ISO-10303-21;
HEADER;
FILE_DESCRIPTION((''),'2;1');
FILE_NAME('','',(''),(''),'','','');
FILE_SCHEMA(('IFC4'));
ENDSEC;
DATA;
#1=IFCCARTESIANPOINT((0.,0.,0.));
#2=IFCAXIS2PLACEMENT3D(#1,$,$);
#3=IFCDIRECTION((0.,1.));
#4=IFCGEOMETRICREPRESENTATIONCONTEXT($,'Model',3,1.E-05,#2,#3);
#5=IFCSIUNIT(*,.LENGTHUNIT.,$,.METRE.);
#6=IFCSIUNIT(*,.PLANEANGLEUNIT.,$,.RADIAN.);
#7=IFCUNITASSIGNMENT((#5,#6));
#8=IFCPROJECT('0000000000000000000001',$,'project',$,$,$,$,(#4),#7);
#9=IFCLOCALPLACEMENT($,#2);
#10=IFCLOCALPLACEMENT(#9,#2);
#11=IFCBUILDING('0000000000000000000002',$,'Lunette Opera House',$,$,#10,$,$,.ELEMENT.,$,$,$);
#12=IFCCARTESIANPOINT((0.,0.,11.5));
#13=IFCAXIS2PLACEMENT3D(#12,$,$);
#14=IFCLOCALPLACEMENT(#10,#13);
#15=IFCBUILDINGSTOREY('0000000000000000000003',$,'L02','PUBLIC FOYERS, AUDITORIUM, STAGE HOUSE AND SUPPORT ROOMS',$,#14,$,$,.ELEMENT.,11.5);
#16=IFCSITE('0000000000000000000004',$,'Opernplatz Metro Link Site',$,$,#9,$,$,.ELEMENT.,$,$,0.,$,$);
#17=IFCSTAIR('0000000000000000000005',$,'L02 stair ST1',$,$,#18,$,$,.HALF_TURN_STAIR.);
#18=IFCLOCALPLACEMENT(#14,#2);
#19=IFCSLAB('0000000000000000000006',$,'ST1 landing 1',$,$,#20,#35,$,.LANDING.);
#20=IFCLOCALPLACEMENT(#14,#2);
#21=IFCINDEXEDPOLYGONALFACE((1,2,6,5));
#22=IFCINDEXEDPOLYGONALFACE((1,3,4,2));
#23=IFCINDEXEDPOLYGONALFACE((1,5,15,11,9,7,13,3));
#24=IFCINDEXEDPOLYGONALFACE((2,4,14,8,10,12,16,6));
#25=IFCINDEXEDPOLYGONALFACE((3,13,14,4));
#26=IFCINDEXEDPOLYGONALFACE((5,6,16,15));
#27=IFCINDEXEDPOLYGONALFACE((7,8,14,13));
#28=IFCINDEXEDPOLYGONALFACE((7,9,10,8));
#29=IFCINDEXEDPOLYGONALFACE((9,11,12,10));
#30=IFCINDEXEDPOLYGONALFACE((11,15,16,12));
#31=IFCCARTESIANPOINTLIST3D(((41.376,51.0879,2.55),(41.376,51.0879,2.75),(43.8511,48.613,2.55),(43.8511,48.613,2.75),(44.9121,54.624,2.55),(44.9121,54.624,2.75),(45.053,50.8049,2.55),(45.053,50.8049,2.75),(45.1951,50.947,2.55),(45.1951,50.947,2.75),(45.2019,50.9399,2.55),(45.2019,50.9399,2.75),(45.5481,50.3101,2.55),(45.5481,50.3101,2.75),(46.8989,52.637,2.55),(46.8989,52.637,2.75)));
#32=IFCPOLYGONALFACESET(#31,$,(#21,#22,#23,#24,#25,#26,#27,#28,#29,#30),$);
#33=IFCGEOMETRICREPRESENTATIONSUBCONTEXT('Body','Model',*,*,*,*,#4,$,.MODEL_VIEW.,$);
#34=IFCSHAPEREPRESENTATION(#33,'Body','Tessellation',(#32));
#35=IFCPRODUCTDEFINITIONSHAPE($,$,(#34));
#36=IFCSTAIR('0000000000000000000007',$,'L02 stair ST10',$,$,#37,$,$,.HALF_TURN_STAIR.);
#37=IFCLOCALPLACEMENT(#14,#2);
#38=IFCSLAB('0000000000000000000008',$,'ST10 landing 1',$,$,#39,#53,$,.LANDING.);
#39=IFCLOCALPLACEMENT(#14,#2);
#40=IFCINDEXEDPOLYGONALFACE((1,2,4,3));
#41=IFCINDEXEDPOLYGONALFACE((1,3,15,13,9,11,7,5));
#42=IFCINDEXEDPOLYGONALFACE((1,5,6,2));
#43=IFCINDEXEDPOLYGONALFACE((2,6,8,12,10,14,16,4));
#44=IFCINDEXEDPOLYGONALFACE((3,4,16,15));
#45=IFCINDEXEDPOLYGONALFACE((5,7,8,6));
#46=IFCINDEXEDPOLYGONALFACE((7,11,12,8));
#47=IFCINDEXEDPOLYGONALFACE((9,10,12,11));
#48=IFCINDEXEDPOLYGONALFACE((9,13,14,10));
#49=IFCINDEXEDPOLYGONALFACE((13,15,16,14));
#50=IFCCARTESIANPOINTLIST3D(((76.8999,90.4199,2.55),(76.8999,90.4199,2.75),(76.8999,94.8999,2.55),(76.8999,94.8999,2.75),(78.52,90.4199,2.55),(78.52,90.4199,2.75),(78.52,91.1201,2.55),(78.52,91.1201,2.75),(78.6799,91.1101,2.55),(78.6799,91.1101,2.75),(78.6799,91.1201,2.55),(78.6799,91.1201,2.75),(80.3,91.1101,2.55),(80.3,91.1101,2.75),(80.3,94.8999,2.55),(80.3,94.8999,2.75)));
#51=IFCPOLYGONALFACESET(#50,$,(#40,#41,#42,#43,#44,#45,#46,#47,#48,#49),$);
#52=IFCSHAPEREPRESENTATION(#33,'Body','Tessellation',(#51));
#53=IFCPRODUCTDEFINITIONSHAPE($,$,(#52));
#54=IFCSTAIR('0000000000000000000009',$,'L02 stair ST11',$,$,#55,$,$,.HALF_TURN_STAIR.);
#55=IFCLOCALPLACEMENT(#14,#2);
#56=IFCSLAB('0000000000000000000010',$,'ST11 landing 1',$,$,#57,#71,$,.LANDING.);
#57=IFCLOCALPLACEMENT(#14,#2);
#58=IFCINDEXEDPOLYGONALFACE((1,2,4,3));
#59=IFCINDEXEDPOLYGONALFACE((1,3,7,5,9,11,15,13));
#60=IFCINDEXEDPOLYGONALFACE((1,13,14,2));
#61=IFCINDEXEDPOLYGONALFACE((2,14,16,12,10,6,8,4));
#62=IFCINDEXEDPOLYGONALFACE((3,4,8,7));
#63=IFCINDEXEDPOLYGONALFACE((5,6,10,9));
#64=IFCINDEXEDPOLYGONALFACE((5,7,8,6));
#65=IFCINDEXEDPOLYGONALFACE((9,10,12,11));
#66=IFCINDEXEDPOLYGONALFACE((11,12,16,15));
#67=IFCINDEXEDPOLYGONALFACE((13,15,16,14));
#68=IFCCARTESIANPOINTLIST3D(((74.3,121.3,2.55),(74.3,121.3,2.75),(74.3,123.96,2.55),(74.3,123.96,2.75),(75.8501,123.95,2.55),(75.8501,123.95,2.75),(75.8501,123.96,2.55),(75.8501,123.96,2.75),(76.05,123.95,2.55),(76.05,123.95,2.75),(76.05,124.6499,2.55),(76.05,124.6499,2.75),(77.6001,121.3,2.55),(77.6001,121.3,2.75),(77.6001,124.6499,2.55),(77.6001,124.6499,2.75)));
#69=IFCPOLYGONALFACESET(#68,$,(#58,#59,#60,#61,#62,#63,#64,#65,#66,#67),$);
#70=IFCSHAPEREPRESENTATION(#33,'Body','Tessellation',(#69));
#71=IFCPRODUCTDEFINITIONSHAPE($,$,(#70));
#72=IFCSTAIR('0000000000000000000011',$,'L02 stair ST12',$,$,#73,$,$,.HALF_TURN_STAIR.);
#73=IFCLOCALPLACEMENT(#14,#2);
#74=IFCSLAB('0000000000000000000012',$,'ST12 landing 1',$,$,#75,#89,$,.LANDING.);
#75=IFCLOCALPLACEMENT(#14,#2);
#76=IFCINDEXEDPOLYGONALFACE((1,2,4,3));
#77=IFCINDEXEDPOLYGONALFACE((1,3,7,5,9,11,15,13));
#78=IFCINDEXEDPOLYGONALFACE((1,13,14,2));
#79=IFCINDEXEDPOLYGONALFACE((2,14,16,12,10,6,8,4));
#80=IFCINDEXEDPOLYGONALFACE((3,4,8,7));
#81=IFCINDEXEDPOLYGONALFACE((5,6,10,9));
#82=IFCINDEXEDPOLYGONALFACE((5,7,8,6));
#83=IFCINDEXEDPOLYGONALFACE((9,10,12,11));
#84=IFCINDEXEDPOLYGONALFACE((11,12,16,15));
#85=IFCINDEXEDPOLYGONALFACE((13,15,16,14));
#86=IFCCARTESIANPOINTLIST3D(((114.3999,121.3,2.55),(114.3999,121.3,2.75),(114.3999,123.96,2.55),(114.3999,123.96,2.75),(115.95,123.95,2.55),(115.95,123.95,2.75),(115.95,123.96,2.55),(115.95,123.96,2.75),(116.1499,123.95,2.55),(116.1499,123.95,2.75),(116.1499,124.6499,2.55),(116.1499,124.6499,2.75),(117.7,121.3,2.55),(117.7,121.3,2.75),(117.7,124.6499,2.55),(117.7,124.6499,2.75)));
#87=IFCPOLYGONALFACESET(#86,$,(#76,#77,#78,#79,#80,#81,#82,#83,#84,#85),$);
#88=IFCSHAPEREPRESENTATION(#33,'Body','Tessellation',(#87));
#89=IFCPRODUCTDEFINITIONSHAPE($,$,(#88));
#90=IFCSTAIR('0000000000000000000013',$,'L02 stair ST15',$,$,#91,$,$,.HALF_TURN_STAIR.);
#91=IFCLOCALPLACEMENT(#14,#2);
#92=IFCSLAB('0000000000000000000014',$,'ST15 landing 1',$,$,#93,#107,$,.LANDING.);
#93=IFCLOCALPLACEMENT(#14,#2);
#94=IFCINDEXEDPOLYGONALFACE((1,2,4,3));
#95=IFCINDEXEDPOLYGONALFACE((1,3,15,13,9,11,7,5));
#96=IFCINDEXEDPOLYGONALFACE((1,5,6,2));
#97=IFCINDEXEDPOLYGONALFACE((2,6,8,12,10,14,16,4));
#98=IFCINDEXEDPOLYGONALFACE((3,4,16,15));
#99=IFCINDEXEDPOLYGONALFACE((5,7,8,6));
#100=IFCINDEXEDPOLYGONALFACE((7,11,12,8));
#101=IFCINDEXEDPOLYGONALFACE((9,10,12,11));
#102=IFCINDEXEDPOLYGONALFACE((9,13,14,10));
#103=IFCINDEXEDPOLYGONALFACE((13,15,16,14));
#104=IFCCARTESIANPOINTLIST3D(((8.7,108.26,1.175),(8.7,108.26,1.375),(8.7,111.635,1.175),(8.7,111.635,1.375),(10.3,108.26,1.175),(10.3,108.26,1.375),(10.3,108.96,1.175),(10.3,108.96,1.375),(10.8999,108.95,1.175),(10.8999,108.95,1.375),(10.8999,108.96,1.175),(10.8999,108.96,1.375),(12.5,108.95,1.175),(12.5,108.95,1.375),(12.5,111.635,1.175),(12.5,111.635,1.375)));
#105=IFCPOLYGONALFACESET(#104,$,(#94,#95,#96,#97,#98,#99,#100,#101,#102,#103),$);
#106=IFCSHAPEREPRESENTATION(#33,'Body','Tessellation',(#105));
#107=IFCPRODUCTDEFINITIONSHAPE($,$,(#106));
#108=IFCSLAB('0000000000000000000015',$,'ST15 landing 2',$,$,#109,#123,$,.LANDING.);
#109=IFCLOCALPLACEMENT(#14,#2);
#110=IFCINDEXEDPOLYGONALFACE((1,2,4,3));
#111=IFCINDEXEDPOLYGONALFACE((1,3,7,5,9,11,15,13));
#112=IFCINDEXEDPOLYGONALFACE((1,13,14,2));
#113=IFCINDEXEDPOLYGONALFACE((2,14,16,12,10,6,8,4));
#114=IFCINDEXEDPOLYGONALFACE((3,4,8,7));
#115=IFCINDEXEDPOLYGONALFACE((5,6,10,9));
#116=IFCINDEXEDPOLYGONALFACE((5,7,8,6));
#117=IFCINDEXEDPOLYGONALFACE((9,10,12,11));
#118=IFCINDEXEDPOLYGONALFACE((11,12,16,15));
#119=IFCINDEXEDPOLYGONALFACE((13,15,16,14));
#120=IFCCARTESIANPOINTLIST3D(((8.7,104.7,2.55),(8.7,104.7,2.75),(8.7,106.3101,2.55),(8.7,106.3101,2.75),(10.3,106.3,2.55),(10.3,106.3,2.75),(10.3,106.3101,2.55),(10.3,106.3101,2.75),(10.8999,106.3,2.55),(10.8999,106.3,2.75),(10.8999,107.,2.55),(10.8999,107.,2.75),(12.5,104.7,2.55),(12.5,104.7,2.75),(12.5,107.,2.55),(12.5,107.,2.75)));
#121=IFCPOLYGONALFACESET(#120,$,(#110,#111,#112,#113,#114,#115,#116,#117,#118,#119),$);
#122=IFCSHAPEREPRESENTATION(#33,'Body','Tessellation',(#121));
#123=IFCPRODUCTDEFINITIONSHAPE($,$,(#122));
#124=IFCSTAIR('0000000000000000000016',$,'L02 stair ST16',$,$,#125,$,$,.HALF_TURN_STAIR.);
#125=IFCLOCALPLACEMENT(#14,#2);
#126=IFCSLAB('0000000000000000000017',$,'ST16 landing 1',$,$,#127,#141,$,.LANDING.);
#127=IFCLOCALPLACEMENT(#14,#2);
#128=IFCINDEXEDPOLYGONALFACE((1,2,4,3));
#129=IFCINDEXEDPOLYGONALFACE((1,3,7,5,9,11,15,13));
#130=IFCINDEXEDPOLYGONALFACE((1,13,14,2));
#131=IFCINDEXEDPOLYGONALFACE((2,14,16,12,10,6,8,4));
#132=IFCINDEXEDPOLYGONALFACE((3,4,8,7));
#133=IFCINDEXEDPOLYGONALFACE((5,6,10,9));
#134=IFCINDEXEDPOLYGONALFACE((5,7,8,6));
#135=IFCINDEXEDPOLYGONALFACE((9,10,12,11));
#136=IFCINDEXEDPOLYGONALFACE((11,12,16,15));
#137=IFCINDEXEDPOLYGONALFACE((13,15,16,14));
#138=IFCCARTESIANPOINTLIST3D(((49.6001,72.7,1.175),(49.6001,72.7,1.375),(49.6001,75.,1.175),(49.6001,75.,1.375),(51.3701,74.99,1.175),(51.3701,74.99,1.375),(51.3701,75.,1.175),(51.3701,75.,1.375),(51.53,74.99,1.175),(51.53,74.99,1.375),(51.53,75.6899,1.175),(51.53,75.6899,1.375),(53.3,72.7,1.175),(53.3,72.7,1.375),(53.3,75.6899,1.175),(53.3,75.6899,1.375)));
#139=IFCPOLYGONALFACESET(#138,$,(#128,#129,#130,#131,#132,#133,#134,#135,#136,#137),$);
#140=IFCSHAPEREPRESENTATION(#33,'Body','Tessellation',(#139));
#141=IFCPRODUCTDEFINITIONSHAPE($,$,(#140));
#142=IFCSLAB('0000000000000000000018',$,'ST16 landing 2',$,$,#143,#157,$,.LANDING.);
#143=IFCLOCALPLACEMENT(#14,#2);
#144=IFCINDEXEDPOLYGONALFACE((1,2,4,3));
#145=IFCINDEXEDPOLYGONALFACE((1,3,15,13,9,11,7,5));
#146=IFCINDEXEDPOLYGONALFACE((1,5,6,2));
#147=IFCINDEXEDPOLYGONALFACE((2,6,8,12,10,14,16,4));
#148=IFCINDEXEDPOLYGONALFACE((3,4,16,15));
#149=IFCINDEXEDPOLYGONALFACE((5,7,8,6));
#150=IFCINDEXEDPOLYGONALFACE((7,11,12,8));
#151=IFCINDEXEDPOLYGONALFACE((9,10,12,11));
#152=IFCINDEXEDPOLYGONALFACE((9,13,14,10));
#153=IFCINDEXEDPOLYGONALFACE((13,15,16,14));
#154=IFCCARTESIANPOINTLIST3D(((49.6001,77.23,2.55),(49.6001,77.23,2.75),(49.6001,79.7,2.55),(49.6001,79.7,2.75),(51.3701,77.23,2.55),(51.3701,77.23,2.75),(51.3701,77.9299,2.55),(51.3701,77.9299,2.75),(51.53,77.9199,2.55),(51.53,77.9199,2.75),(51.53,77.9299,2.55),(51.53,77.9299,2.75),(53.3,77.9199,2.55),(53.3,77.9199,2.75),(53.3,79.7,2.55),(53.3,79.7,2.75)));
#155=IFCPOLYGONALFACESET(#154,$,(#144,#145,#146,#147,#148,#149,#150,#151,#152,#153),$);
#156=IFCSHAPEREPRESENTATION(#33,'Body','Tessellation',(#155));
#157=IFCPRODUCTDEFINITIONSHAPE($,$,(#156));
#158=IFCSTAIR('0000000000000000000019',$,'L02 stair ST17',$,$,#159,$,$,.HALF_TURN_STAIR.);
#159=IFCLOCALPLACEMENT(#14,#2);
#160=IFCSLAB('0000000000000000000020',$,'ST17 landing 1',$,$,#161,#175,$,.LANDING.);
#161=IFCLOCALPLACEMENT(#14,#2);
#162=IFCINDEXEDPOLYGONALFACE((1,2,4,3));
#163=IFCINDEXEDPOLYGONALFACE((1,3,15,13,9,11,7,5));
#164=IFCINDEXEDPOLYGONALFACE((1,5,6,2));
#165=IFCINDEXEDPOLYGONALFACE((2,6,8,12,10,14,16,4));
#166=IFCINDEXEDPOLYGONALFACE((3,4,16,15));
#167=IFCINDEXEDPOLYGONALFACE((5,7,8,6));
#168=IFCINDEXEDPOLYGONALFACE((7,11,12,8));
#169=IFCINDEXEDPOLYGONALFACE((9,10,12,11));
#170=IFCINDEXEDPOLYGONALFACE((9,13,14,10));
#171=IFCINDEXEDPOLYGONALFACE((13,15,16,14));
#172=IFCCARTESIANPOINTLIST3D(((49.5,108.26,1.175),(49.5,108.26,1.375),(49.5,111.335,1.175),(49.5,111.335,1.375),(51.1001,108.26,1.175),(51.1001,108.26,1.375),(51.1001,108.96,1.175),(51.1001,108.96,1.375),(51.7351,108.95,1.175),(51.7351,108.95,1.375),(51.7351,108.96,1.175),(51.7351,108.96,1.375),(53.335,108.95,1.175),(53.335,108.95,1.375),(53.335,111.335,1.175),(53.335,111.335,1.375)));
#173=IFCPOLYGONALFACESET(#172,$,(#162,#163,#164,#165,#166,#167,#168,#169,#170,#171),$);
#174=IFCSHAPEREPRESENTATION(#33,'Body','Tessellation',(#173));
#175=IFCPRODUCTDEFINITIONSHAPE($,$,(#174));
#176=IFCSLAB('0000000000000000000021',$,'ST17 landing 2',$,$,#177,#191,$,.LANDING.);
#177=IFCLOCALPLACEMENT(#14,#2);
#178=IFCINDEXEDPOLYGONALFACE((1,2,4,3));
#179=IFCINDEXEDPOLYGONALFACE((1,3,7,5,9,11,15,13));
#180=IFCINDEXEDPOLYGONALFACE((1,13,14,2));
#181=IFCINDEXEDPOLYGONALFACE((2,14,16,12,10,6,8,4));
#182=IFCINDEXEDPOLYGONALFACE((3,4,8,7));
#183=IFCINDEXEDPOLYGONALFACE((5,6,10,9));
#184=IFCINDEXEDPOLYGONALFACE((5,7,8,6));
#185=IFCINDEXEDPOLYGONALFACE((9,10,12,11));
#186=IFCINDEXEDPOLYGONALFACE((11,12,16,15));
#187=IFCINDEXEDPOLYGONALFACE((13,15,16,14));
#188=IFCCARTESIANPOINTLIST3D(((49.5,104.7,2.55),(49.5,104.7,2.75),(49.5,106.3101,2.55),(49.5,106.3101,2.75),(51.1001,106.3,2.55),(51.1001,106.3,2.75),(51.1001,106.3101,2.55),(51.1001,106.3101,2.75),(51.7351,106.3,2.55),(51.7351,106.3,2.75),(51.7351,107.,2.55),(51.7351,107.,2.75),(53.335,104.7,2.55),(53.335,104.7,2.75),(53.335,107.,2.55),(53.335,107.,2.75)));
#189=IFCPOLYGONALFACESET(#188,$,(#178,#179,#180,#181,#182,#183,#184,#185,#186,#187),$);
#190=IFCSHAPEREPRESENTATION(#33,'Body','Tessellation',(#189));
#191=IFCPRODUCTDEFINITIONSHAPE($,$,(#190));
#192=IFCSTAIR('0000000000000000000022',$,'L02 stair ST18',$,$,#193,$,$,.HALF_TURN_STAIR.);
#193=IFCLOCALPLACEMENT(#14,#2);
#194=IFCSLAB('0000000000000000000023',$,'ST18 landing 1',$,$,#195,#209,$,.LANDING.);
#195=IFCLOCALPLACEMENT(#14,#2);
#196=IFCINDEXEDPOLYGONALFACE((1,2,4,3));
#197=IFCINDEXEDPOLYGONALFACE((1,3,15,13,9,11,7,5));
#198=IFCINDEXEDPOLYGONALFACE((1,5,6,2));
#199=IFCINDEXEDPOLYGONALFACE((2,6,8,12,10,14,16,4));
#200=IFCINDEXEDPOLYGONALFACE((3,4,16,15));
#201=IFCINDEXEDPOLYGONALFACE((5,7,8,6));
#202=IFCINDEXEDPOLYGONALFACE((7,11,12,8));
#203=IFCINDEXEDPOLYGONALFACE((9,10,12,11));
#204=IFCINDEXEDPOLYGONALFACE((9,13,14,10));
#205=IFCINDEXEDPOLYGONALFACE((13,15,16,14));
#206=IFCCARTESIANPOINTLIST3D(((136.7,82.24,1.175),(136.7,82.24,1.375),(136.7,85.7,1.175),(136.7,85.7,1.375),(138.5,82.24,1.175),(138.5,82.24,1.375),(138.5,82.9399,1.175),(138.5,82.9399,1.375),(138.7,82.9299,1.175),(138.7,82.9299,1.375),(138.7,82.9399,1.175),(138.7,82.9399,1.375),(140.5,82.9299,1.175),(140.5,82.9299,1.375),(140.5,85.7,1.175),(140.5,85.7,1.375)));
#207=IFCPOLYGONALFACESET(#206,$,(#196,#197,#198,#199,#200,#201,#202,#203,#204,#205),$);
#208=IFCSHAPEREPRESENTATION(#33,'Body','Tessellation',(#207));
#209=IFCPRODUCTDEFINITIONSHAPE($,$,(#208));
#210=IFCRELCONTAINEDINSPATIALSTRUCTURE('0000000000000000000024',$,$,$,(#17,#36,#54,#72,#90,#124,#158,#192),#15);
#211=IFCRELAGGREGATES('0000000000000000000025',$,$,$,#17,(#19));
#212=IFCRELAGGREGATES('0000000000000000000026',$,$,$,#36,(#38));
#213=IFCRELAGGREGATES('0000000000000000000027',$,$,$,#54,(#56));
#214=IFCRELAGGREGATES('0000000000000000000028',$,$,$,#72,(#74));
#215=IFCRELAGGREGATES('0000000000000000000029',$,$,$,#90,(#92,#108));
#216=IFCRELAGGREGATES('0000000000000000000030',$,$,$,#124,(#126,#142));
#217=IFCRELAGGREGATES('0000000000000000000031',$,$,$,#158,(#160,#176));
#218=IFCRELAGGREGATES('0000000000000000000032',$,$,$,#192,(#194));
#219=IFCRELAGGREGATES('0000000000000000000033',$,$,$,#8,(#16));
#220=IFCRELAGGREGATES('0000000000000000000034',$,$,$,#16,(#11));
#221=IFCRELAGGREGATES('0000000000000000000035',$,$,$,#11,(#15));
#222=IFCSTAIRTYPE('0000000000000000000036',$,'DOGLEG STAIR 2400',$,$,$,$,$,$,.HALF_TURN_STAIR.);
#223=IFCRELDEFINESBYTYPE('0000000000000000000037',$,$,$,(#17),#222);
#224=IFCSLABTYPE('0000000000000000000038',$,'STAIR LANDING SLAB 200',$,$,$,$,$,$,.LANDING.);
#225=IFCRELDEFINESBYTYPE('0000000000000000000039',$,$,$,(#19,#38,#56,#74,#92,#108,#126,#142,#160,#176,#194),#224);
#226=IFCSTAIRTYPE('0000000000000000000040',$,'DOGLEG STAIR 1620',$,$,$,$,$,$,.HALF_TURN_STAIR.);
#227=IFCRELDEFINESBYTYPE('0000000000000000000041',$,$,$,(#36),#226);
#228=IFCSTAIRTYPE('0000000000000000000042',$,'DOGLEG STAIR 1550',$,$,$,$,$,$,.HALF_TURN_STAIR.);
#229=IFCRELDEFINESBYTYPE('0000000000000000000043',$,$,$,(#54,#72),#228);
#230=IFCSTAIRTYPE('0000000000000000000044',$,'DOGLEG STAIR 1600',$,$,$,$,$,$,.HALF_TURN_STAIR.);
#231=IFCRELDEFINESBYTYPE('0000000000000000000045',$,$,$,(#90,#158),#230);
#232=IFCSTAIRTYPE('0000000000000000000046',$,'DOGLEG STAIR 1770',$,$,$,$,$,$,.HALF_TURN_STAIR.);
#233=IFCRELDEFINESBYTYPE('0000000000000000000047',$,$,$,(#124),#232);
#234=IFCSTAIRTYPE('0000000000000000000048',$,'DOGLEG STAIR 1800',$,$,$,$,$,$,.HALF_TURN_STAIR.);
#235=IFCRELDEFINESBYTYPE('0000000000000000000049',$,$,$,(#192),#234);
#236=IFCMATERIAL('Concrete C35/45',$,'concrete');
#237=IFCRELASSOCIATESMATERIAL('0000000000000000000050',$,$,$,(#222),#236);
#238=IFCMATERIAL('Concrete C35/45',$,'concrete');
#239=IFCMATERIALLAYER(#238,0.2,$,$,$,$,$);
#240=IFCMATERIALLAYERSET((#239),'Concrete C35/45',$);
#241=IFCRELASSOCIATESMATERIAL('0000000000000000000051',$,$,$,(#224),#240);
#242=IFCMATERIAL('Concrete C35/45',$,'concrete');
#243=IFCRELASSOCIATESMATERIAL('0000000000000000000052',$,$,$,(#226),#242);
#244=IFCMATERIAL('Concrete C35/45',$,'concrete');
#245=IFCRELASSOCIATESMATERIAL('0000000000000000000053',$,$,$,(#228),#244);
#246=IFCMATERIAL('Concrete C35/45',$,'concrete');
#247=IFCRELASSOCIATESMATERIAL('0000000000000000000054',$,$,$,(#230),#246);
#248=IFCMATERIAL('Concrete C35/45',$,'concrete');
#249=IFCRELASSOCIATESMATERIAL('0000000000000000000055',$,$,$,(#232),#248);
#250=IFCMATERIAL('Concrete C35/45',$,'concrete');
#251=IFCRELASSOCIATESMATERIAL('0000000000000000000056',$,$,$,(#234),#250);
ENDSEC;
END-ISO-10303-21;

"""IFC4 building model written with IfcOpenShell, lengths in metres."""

from ifc_helpers import new_model, si_unit, direction, frame, origin, place, context, subcontext, project, spatial, polyline, outline, extrude, material, layer, layer_set, type_object, element, aggregate, save


model = new_model("IFC4")

# Units and contexts
model_context = context("Model", 3, precision=1e-05, world=origin(), true_north=direction((0.0, 1.0)))
body_context = subcontext(model_context, "Body", "Model", "MODEL_VIEW")
ifc_project = project(units=[si_unit("LENGTHUNIT", "METRE"), si_unit("PLANEANGLEUNIT", "RADIAN")], contexts=[model_context])

# Site, building, storey
site_placement = place(None, origin())
site = spatial("IfcSite", under=ifc_project, at=site_placement, Name="Opernplatz Metro Link Site", CompositionType="ELEMENT", RefElevation=0.0)
building_placement = place(site_placement, origin())
building = spatial("IfcBuilding", under=site, at=building_placement, Name="Lunette Opera House", CompositionType="ELEMENT")
storey_placement = place(building_placement, frame((0.0, 0.0, 11.5)))
storey = spatial("IfcBuildingStorey", under=building, at=storey_placement, Name="L02", Description="PUBLIC FOYERS, AUDITORIUM, STAGE HOUSE AND SUPPORT ROOMS", CompositionType="ELEMENT", Elevation=11.5)

# Stairs, slabs
ifc_material_1 = material(Name="Concrete C35/45", Category="concrete")
stair_type_1 = type_object("IfcStairType", Name="DOGLEG STAIR 2400", PredefinedType="HALF_TURN_STAIR", material=ifc_material_1)
stair_1_placement = place(storey_placement, origin())
stair_1 = element("IfcStair", 1, at=stair_1_placement, inside=storey, type_object=stair_type_1, Name="L02 stair ST1", PredefinedType="HALF_TURN_STAIR")
ifc_material_2 = material(Name="Concrete C35/45", Category="concrete")
ifc_layer = layer(ifc_material_2, 0.2)
ifc_layer_set = layer_set([ifc_layer], Name="Concrete C35/45")
slab_type = type_object("IfcSlabType", Name="STAIR LANDING SLAB 200", PredefinedType="LANDING", material=ifc_layer_set)
slab_1_placement = place(storey_placement, frame((0.0, 0.0, 2.55)))
slab_1 = element("IfcSlab", 2, at=slab_1_placement, type_object=slab_type, Name="ST1 landing 1", PredefinedType="LANDING", context=body_context, shape_type="SweptSolid", body=[
    extrude(outline(polyline([(41.376, 51.0879), (44.9121, 54.624), (46.8989, 52.637), (45.2019, 50.9399), (45.1951, 50.947), (45.053, 50.8049), (45.5481, 50.3101), (43.8511, 48.613), (41.376, 51.0879)])), origin(), (0.0, 0.0, 1.0), 0.2),
])
aggregate(stair_1, [slab_1])
ifc_material_3 = material(Name="Concrete C35/45", Category="concrete")
stair_type_2 = type_object("IfcStairType", Name="DOGLEG STAIR 1620", PredefinedType="HALF_TURN_STAIR", material=ifc_material_3)
stair_2_placement = place(storey_placement, origin())
stair_2 = element("IfcStair", 3, at=stair_2_placement, inside=storey, type_object=stair_type_2, Name="L02 stair ST10", PredefinedType="HALF_TURN_STAIR")
slab_2_placement = place(storey_placement, frame((0.0, 0.0, 2.55)))
slab_2 = element("IfcSlab", 4, at=slab_2_placement, type_object=slab_type, Name="ST10 landing 1", PredefinedType="LANDING", context=body_context, shape_type="SweptSolid", body=[
    extrude(outline(polyline([(80.3, 91.1101), (78.6799, 91.1101), (78.6799, 91.1201), (78.52, 91.1201), (78.52, 90.4199), (76.8999, 90.4199), (76.8999, 94.8999), (80.3, 94.8999), (80.3, 91.1101)])), origin(), (0.0, 0.0, 1.0), 0.2),
])
aggregate(stair_2, [slab_2])
ifc_material_4 = material(Name="Concrete C35/45", Category="concrete")
stair_type_3 = type_object("IfcStairType", Name="DOGLEG STAIR 1550", PredefinedType="HALF_TURN_STAIR", material=ifc_material_4)
stair_3_placement = place(storey_placement, origin())
stair_3 = element("IfcStair", 5, at=stair_3_placement, inside=storey, type_object=stair_type_3, Name="L02 stair ST11", PredefinedType="HALF_TURN_STAIR")
slab_3_placement = place(storey_placement, frame((0.0, 0.0, 2.55)))
slab_3 = element("IfcSlab", 6, at=slab_3_placement, type_object=slab_type, Name="ST11 landing 1", PredefinedType="LANDING", context=body_context, shape_type="SweptSolid", body=[
    extrude(outline(polyline([(74.3, 121.3), (74.3, 123.96), (75.8501, 123.96), (75.8501, 123.95), (76.05, 123.95), (76.05, 124.6499), (77.6001, 124.6499), (77.6001, 121.3), (74.3, 121.3)])), origin(), (0.0, 0.0, 1.0), 0.2),
])
aggregate(stair_3, [slab_3])
stair_4_placement = place(storey_placement, origin())
stair_4 = element("IfcStair", 7, at=stair_4_placement, inside=storey, type_object=stair_type_3, Name="L02 stair ST12", PredefinedType="HALF_TURN_STAIR")
slab_4_placement = place(storey_placement, frame((0.0, 0.0, 2.55)))
slab_4 = element("IfcSlab", 8, at=slab_4_placement, type_object=slab_type, Name="ST12 landing 1", PredefinedType="LANDING", context=body_context, shape_type="SweptSolid", body=[
    extrude(outline(polyline([(114.3999, 121.3), (114.3999, 123.96), (115.95, 123.96), (115.95, 123.95), (116.1499, 123.95), (116.1499, 124.6499), (117.7, 124.6499), (117.7, 121.3), (114.3999, 121.3)])), origin(), (0.0, 0.0, 1.0), 0.2),
])
aggregate(stair_4, [slab_4])

# Stairs, slabs
ifc_material_5 = material(Name="Concrete C35/45", Category="concrete")
stair_type_4 = type_object("IfcStairType", Name="DOGLEG STAIR 1600", PredefinedType="HALF_TURN_STAIR", material=ifc_material_5)
stair_5_placement = place(storey_placement, origin())
stair_5 = element("IfcStair", 9, at=stair_5_placement, inside=storey, type_object=stair_type_4, Name="L02 stair ST15", PredefinedType="HALF_TURN_STAIR")
slab_5_placement = place(storey_placement, frame((0.0, 0.0, 1.175)))
slab_5 = element("IfcSlab", 10, at=slab_5_placement, type_object=slab_type, Name="ST15 landing 1", PredefinedType="LANDING", context=body_context, shape_type="SweptSolid", body=[
    extrude(outline(polyline([(12.5, 108.95), (10.8999, 108.95), (10.8999, 108.96), (10.3, 108.96), (10.3, 108.26), (8.7, 108.26), (8.7, 111.635), (12.5, 111.635), (12.5, 108.95)])), origin(), (0.0, 0.0, 1.0), 0.2),
])
slab_6_placement = place(storey_placement, frame((0.0, 0.0, 2.55)))
slab_6 = element("IfcSlab", 11, at=slab_6_placement, type_object=slab_type, Name="ST15 landing 2", PredefinedType="LANDING", context=body_context, shape_type="SweptSolid", body=[
    extrude(outline(polyline([(8.7, 104.7), (8.7, 106.3101), (10.3, 106.3101), (10.3, 106.3), (10.8999, 106.3), (10.8999, 107.0), (12.5, 107.0), (12.5, 104.7), (8.7, 104.7)])), origin(), (0.0, 0.0, 1.0), 0.2),
])
aggregate(stair_5, [slab_5, slab_6])
ifc_material_6 = material(Name="Concrete C35/45", Category="concrete")
stair_type_5 = type_object("IfcStairType", Name="DOGLEG STAIR 1770", PredefinedType="HALF_TURN_STAIR", material=ifc_material_6)
stair_6_placement = place(storey_placement, origin())
stair_6 = element("IfcStair", 12, at=stair_6_placement, inside=storey, type_object=stair_type_5, Name="L02 stair ST16", PredefinedType="HALF_TURN_STAIR")
slab_7_placement = place(storey_placement, frame((0.0, 0.0, 1.175)))
slab_7 = element("IfcSlab", 13, at=slab_7_placement, type_object=slab_type, Name="ST16 landing 1", PredefinedType="LANDING", context=body_context, shape_type="SweptSolid", body=[
    extrude(outline(polyline([(49.6001, 72.7), (49.6001, 75.0), (51.3701, 75.0), (51.3701, 74.99), (51.53, 74.99), (51.53, 75.6899), (53.3, 75.6899), (53.3, 72.7), (49.6001, 72.7)])), origin(), (0.0, 0.0, 1.0), 0.2),
])
slab_8_placement = place(storey_placement, frame((0.0, 0.0, 2.55)))
slab_8 = element("IfcSlab", 14, at=slab_8_placement, type_object=slab_type, Name="ST16 landing 2", PredefinedType="LANDING", context=body_context, shape_type="SweptSolid", body=[
    extrude(outline(polyline([(53.3, 77.9199), (51.53, 77.9199), (51.53, 77.9299), (51.3701, 77.9299), (51.3701, 77.23), (49.6001, 77.23), (49.6001, 79.7), (53.3, 79.7), (53.3, 77.9199)])), origin(), (0.0, 0.0, 1.0), 0.2),
])
aggregate(stair_6, [slab_7, slab_8])
stair_7_placement = place(storey_placement, origin())
stair_7 = element("IfcStair", 15, at=stair_7_placement, inside=storey, type_object=stair_type_4, Name="L02 stair ST17", PredefinedType="HALF_TURN_STAIR")
slab_9_placement = place(storey_placement, frame((0.0, 0.0, 1.175)))
slab_9 = element("IfcSlab", 16, at=slab_9_placement, type_object=slab_type, Name="ST17 landing 1", PredefinedType="LANDING", context=body_context, shape_type="SweptSolid", body=[
    extrude(outline(polyline([(53.335, 108.95), (51.7351, 108.95), (51.7351, 108.96), (51.1001, 108.96), (51.1001, 108.26), (49.5, 108.26), (49.5, 111.335), (53.335, 111.335), (53.335, 108.95)])), origin(), (0.0, 0.0, 1.0), 0.2),
])
slab_10_placement = place(storey_placement, frame((0.0, 0.0, 2.55)))
slab_10 = element("IfcSlab", 17, at=slab_10_placement, type_object=slab_type, Name="ST17 landing 2", PredefinedType="LANDING", context=body_context, shape_type="SweptSolid", body=[
    extrude(outline(polyline([(53.335, 104.7), (49.5, 104.7), (49.5, 106.3101), (51.1001, 106.3101), (51.1001, 106.3), (51.7351, 106.3), (51.7351, 107.0), (53.335, 107.0), (53.335, 104.7)])), origin(), (0.0, 0.0, 1.0), 0.2),
])
aggregate(stair_7, [slab_9, slab_10])
ifc_material_7 = material(Name="Concrete C35/45", Category="concrete")
stair_type_6 = type_object("IfcStairType", Name="DOGLEG STAIR 1800", PredefinedType="HALF_TURN_STAIR", material=ifc_material_7)
stair_8_placement = place(storey_placement, origin())
stair_8 = element("IfcStair", 18, at=stair_8_placement, inside=storey, type_object=stair_type_6, Name="L02 stair ST18", PredefinedType="HALF_TURN_STAIR")
slab_11_placement = place(storey_placement, frame((0.0, 0.0, 1.175)))
slab_11 = element("IfcSlab", 19, at=slab_11_placement, type_object=slab_type, Name="ST18 landing 1", PredefinedType="LANDING", context=body_context, shape_type="SweptSolid", body=[
    extrude(outline(polyline([(140.5, 82.9299), (138.7, 82.9299), (138.7, 82.9399), (138.5, 82.9399), (138.5, 82.24), (136.7, 82.24), (136.7, 85.7), (140.5, 85.7), (140.5, 82.9299)])), origin(), (0.0, 0.0, 1.0), 0.2),
])
aggregate(stair_8, [slab_11])

save(model, "model.ifc")
